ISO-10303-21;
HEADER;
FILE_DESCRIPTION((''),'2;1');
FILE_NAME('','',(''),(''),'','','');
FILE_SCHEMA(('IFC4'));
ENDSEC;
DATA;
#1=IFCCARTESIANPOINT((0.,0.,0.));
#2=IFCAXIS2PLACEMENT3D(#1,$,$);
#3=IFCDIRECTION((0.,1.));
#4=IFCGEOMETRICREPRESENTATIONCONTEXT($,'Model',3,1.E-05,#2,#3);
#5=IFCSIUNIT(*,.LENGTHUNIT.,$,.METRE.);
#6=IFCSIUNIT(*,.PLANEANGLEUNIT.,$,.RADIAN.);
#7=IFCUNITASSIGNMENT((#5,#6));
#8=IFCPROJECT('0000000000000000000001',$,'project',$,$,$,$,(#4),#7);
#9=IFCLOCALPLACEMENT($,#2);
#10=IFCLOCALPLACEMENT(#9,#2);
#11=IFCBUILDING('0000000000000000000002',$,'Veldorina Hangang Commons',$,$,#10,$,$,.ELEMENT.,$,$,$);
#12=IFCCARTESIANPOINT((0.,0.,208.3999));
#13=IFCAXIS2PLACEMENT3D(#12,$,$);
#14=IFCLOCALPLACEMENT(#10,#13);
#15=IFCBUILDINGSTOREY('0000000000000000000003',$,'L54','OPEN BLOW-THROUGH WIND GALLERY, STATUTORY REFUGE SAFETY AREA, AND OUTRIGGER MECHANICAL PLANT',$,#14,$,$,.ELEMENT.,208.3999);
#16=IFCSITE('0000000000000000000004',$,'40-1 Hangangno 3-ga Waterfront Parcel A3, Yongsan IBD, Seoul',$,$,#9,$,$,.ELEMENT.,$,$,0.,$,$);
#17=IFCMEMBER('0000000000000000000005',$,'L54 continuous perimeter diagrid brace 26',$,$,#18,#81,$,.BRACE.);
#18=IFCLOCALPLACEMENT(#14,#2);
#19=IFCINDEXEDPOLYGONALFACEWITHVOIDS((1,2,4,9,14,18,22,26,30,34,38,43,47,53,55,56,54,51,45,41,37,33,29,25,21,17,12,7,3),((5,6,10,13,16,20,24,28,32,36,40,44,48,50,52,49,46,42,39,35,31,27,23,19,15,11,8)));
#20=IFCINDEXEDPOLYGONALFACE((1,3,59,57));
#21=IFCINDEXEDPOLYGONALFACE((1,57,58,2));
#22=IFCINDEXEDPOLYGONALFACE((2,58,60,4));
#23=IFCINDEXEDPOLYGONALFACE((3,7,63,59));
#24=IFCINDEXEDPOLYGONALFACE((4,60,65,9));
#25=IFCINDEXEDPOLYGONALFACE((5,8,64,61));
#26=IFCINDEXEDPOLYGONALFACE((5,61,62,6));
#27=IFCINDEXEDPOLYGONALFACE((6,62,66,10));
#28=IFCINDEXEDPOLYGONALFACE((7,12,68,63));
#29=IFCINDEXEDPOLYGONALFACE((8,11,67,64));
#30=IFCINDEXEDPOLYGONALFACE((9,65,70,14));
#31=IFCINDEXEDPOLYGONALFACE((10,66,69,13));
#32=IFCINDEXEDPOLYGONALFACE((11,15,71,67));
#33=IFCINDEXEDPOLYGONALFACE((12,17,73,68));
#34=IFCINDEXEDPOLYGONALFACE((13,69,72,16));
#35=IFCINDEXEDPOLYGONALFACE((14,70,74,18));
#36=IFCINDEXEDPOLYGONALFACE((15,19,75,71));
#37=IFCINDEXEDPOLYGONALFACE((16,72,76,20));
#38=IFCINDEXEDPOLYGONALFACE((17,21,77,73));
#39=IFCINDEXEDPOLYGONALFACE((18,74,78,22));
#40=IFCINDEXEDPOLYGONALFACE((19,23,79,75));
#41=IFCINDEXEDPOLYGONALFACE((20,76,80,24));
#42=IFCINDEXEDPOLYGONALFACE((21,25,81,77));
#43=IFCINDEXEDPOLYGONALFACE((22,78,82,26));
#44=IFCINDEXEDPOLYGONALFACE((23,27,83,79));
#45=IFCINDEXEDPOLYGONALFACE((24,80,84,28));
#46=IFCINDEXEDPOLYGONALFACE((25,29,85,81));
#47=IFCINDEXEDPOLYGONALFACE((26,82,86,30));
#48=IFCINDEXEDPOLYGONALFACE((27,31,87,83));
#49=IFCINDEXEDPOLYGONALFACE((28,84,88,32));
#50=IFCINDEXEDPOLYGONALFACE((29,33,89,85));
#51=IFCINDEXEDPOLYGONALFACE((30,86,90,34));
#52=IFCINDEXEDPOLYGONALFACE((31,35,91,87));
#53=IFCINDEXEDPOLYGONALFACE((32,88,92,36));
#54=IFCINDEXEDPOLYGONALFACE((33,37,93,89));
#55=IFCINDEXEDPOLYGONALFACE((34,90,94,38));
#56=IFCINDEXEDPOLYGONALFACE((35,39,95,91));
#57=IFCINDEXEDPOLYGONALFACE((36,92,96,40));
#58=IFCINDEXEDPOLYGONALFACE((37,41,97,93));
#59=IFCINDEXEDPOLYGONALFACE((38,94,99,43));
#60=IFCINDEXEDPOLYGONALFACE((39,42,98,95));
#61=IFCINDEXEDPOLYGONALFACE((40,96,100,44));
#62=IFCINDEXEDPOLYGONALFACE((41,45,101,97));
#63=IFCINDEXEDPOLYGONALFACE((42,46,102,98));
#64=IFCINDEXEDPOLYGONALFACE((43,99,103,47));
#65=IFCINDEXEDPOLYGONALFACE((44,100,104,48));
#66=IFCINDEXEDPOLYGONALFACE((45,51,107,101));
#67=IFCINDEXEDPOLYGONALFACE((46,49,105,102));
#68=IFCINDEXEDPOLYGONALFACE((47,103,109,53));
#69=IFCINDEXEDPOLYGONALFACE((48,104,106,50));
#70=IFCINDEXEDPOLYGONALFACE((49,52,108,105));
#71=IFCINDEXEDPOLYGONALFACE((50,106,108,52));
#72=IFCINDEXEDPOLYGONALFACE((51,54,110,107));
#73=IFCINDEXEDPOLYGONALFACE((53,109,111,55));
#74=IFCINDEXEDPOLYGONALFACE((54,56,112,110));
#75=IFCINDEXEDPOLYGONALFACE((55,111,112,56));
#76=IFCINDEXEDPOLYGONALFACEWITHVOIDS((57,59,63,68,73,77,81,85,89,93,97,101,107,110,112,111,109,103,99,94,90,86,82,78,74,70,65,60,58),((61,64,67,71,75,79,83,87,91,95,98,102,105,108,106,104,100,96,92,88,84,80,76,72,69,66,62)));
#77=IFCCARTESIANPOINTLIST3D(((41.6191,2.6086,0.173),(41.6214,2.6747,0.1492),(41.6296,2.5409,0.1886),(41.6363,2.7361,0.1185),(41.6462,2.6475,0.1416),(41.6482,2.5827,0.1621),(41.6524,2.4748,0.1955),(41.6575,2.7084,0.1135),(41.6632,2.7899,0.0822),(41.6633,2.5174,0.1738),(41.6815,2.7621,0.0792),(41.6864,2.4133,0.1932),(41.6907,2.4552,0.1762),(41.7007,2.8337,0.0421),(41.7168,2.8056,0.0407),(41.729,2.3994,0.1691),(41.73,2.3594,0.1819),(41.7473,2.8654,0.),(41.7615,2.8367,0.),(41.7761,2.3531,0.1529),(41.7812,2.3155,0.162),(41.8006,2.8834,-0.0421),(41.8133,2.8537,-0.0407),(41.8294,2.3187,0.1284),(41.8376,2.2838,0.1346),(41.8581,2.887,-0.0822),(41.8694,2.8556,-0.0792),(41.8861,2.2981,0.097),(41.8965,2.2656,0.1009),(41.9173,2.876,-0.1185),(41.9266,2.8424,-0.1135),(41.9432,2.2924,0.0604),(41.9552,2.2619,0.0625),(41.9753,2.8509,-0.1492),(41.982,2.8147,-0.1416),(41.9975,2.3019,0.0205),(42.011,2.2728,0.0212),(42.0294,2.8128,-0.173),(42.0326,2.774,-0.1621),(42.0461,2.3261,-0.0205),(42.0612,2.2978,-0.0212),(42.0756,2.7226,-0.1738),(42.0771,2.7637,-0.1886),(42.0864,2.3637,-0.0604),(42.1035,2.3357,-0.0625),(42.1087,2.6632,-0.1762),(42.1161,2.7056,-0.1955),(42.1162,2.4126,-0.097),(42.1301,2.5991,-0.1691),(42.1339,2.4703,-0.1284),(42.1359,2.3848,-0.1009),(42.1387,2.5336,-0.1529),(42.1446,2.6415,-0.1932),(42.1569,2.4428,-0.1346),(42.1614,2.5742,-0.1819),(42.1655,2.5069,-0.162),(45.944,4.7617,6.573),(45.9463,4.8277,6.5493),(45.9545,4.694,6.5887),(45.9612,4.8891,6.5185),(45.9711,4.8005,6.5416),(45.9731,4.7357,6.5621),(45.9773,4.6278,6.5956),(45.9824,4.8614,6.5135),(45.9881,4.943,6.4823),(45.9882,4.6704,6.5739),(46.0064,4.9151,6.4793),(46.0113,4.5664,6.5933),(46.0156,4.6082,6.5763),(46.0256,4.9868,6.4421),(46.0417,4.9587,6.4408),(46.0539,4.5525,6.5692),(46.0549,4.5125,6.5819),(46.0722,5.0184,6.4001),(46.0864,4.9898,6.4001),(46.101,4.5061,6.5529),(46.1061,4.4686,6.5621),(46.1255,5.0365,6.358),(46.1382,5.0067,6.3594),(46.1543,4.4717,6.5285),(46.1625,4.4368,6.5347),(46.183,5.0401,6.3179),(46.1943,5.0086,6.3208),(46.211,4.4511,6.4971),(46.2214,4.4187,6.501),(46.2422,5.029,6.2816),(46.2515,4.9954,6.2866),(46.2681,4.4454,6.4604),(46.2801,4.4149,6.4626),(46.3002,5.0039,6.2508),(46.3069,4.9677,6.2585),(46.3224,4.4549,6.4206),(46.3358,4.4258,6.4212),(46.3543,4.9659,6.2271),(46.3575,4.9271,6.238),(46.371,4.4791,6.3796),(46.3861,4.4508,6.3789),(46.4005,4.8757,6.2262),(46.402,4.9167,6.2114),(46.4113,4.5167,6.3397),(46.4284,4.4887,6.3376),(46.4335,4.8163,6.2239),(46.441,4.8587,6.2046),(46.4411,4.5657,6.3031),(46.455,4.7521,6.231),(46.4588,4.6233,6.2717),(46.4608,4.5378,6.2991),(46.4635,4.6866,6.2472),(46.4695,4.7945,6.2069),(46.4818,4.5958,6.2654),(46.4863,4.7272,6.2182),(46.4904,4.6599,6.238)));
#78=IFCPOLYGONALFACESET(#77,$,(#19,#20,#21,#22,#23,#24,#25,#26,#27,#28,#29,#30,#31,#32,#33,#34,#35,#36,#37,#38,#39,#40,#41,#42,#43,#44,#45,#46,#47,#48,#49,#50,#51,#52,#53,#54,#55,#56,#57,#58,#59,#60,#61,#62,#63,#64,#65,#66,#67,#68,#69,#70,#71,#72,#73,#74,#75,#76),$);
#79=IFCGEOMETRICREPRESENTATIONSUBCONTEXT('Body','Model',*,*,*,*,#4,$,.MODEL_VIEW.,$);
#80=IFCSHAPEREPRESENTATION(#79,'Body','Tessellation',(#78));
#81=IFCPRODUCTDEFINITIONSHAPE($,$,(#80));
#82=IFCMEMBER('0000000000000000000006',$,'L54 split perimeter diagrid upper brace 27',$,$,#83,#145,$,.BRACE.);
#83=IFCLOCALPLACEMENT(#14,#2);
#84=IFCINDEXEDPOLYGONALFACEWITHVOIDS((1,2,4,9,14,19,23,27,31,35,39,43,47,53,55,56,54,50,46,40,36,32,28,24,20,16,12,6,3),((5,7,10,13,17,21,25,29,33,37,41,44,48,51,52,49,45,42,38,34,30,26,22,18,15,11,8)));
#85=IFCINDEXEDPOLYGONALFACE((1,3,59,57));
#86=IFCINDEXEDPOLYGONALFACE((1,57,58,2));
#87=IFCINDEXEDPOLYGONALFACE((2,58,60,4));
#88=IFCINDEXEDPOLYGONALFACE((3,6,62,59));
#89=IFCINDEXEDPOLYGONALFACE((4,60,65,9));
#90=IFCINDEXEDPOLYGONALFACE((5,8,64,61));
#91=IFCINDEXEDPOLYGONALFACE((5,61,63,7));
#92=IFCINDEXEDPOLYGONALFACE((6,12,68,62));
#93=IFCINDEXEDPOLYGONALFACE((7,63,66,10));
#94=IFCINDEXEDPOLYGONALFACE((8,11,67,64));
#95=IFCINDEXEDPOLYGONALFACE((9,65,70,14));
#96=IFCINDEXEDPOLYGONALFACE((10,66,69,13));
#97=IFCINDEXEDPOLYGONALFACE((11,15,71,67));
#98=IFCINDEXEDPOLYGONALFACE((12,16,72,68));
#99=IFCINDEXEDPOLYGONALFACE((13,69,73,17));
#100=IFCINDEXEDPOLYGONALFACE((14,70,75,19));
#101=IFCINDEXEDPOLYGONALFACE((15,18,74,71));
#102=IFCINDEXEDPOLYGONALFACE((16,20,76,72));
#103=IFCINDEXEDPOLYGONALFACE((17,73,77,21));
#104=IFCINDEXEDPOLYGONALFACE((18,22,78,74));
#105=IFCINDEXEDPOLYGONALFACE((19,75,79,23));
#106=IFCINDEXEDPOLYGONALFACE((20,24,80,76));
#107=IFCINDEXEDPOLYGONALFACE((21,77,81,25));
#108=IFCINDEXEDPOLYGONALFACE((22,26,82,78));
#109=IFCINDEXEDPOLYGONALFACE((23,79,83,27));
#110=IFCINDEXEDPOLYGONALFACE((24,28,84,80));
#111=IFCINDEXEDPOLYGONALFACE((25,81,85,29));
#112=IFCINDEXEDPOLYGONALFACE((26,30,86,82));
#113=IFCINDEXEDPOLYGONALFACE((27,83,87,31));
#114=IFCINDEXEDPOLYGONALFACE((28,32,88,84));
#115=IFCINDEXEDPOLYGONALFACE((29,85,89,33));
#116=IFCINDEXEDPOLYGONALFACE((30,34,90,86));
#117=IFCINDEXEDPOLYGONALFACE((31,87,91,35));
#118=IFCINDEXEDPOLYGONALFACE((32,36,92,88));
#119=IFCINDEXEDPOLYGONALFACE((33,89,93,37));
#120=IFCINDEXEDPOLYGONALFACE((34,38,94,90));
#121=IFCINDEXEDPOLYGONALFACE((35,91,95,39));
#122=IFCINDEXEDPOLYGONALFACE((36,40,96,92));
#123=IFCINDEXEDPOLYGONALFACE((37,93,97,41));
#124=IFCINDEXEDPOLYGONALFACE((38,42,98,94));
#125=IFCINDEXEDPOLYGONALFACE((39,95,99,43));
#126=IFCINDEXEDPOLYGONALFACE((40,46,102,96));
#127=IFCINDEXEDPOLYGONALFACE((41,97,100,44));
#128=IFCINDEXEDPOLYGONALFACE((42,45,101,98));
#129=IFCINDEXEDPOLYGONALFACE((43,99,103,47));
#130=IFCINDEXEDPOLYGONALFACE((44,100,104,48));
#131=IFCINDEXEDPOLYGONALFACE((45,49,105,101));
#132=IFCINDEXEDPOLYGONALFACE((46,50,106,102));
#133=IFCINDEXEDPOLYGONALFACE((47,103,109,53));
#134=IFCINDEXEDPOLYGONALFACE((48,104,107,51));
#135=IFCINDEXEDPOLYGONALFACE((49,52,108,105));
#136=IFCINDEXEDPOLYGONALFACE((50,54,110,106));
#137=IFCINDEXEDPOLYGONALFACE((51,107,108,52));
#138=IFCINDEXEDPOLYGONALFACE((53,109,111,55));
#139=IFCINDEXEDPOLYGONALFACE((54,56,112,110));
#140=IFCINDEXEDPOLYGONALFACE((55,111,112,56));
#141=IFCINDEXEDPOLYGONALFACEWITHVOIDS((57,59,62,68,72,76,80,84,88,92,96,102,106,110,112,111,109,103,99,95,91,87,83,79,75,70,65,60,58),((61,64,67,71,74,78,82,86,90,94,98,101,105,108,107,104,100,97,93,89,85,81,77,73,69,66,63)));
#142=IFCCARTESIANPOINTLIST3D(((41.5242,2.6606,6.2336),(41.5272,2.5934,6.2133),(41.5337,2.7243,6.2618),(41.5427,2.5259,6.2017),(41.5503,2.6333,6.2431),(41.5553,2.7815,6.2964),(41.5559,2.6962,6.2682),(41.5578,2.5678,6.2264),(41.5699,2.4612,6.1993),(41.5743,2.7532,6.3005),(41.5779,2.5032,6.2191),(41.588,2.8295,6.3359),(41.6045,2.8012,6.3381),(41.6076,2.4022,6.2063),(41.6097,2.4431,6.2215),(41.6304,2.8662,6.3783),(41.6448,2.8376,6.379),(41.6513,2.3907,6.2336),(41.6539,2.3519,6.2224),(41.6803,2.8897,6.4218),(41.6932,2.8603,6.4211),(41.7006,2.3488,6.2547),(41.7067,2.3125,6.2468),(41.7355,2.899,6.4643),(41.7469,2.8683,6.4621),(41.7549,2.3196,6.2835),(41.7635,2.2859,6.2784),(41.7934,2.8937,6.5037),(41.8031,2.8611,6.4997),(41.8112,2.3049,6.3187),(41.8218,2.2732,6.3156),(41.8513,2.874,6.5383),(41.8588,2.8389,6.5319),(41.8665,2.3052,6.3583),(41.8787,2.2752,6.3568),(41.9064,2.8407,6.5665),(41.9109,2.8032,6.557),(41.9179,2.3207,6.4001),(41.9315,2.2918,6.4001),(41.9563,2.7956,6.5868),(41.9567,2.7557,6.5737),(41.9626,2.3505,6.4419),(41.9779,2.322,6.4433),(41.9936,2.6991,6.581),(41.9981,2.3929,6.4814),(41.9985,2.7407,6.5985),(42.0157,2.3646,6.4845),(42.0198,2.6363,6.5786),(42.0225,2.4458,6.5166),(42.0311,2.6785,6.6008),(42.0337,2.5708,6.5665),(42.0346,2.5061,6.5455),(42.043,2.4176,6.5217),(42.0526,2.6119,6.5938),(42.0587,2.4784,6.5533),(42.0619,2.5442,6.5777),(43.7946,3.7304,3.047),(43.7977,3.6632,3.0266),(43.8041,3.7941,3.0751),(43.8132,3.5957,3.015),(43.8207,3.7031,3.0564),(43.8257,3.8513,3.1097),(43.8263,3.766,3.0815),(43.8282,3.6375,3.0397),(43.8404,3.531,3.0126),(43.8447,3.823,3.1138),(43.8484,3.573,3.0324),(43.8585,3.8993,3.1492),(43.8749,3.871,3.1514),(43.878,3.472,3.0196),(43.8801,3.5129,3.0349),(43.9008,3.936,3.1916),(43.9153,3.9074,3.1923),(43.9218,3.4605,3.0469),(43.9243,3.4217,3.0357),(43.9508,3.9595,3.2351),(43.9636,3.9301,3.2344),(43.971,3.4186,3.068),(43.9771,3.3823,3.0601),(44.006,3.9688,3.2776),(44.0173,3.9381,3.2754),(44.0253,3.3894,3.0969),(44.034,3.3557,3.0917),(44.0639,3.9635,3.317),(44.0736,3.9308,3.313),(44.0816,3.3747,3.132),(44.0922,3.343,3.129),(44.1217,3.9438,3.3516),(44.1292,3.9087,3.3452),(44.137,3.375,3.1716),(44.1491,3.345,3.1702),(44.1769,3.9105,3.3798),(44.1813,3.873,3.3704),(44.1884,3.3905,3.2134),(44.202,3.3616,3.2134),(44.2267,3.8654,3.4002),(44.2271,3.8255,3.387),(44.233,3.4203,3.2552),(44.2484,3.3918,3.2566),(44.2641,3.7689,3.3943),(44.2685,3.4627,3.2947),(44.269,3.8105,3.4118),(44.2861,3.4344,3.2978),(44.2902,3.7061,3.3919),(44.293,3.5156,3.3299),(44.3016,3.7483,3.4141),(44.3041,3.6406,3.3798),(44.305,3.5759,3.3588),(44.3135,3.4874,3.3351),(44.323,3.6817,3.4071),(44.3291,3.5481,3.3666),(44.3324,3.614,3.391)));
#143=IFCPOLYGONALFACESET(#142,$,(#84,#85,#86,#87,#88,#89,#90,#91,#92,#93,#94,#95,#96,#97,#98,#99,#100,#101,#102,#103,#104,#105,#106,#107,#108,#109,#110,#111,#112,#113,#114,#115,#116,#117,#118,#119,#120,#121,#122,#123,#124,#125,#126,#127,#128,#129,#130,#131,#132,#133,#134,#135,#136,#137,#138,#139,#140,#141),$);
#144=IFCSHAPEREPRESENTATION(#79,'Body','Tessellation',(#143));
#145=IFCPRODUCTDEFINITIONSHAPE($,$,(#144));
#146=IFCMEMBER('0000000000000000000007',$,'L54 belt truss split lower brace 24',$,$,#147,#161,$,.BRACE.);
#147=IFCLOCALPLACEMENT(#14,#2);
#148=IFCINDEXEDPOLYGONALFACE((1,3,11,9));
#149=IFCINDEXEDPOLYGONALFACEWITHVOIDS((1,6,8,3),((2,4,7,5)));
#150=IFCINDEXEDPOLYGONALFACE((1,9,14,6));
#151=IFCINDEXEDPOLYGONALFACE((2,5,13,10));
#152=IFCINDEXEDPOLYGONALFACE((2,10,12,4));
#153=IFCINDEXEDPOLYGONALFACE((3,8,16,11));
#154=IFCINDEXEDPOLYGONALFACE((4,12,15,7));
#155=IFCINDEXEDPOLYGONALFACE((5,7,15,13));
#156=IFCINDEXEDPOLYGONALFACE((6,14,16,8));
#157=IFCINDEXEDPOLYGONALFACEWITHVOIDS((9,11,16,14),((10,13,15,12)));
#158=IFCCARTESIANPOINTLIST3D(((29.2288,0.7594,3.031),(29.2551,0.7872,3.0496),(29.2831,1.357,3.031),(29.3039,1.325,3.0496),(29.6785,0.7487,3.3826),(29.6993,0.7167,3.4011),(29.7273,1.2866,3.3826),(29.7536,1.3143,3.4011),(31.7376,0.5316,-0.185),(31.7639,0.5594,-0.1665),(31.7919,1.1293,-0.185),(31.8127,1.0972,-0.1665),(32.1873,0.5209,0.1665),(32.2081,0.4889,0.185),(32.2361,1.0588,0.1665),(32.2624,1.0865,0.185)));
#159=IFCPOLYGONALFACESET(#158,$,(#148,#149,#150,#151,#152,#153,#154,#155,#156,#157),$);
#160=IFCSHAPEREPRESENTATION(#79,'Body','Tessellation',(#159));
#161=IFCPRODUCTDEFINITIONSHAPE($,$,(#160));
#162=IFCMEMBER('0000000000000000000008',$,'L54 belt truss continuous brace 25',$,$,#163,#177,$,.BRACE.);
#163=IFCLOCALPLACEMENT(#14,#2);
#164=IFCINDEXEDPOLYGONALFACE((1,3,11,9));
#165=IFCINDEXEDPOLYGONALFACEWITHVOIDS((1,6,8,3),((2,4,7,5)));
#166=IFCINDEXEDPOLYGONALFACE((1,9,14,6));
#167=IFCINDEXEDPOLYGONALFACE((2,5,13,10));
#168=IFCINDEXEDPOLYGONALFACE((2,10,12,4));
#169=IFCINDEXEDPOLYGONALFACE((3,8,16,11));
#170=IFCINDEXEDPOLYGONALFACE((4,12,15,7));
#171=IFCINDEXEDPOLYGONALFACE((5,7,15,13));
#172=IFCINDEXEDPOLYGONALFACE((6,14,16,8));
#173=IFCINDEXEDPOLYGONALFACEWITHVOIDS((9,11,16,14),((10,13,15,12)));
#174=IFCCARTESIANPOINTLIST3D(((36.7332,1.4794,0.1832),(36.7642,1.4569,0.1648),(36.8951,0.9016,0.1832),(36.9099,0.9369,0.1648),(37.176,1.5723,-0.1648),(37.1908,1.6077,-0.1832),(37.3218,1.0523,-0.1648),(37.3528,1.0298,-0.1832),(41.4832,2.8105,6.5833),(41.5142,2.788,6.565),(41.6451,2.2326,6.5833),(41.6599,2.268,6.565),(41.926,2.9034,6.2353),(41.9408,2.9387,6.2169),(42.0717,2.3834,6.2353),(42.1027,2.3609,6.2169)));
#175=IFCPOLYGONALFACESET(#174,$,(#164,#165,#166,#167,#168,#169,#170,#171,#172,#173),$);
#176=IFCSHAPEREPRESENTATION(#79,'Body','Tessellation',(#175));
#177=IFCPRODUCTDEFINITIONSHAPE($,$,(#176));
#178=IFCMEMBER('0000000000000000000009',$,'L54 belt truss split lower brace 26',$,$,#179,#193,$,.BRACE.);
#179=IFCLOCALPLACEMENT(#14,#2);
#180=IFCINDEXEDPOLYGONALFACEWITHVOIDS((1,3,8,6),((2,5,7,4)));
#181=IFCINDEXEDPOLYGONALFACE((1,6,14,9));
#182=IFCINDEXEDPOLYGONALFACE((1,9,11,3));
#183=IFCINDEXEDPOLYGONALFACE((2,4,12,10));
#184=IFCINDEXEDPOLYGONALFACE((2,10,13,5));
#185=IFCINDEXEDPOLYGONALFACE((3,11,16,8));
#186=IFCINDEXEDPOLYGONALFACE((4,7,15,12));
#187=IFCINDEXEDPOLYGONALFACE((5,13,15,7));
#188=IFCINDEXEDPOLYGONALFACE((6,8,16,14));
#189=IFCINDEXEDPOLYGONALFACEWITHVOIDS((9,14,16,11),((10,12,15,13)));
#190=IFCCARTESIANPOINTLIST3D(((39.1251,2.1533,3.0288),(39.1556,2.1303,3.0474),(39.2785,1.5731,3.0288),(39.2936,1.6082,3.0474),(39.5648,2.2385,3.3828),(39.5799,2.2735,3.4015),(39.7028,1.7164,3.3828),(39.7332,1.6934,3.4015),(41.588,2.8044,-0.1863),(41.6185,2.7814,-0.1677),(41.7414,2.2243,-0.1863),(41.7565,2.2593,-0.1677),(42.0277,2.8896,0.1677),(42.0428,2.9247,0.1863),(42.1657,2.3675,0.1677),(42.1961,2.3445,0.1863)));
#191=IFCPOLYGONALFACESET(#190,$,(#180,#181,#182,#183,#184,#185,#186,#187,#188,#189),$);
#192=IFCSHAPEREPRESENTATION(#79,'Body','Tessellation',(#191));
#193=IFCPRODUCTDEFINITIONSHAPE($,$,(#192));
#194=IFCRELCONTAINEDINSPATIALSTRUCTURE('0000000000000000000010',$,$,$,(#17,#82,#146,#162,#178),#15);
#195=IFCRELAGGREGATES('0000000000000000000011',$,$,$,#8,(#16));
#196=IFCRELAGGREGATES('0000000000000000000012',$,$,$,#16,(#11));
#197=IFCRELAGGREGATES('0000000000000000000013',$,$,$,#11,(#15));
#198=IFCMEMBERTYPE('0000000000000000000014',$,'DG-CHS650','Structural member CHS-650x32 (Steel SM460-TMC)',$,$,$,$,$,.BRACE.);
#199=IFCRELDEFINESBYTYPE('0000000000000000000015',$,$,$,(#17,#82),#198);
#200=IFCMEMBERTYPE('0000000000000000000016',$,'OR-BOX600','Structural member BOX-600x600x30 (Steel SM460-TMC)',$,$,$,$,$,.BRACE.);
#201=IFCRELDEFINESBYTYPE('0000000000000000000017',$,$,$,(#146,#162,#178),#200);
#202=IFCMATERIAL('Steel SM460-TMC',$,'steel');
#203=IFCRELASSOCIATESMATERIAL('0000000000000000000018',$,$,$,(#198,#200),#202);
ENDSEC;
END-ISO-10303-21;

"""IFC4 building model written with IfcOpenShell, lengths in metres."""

from ifc_helpers import new_model, si_unit, direction, frame, origin, origin_2d, place, context, subcontext, project, spatial, hollow_rectangle, hollow_circle, extrude, material, material_profile, profile_set, type_object, element, save


model = new_model("IFC4")

# Units and contexts
model_context = context("Model", 3, precision=1e-05, world=origin(), true_north=direction((0.0, 1.0)))
body_context = subcontext(model_context, "Body", "Model", "MODEL_VIEW")
ifc_project = project(units=[si_unit("LENGTHUNIT", "METRE"), si_unit("PLANEANGLEUNIT", "RADIAN")], contexts=[model_context])

# Site, building, storey
site_placement = place(None, origin())
site = spatial("IfcSite", under=ifc_project, at=site_placement, Name="40-1 Hangangno 3-ga Waterfront Parcel A3, Yongsan IBD, Seoul", CompositionType="ELEMENT", RefElevation=0.0)
building_placement = place(site_placement, origin())
building = spatial("IfcBuilding", under=site, at=building_placement, Name="Veldorina Hangang Commons", CompositionType="ELEMENT")
storey_placement = place(building_placement, frame((0.0, 0.0, 208.3999)))
storey = spatial("IfcBuildingStorey", under=building, at=storey_placement, Name="L54", Description="OPEN BLOW-THROUGH WIND GALLERY, STATUTORY REFUGE SAFETY AREA, AND OUTRIGGER MECHANICAL PLANT", CompositionType="ELEMENT", Elevation=208.3999)

# Shared definitions
ifc_material_1 = material(Name="Steel SM460-TMC", Category="steel")

# Members
ifc_material_profile_1 = material_profile(ifc_material_1, hollow_circle(Radius=0.325, WallThickness=0.032, at=origin_2d()), Name="CHS-650x32")
ifc_profile_set_1 = profile_set([ifc_material_profile_1], Name="Steel SM460-TMC")
member_type_1 = type_object("IfcMemberType", Name="DG-CHS650", Description="Structural member CHS-650x32 (Steel SM460-TMC)", PredefinedType="BRACE", material=ifc_profile_set_1)
member_1_placement = place(storey_placement, frame((41.8921, 2.5745, 0.0), z_axis=(0.539344, 0.2685, 0.798132), x_axis=(-0.445656, 0.895204, 0.0)))
element("IfcMember", 1, at=member_1_placement, inside=storey, type_object=member_type_1, Name="L54 continuous perimeter diagrid brace 26", PredefinedType="BRACE", context=body_context, shape_type="SweptSolid", body=[
    extrude(hollow_circle(Radius=0.325, WallThickness=0.032, at=origin_2d()), origin(), (0.0, 0.0, 1.0), 8.0188),
])
member_2_placement = place(storey_placement, frame((44.0635, 3.6555, 3.2134), z_axis=(-0.55972, -0.263731, 0.785595), x_axis=(0.426237, -0.904611, 0.0)))
element("IfcMember", 2, at=member_2_placement, inside=storey, type_object=member_type_1, Name="L54 split perimeter diagrid upper brace 27", PredefinedType="BRACE", context=body_context, shape_type="SweptSolid", body=[
    extrude(hollow_circle(Radius=0.325, WallThickness=0.032, at=origin_2d()), origin(), (0.0, 0.0, 1.0), 4.0564),
])
ifc_material_profile_2 = material_profile(ifc_material_1, hollow_rectangle(XDim=0.6001, YDim=0.6001, WallThickness=0.03, at=origin_2d()), Name="BOX-600x600x30")
ifc_profile_set_2 = profile_set([ifc_material_profile_2], Name="Steel SM460-TMC")
member_type_2 = type_object("IfcMemberType", Name="OR-BOX600", Description="Structural member BOX-600x600x30 (Steel SM460-TMC)", PredefinedType="BRACE", material=ifc_profile_set_2)
member_3_placement = place(storey_placement, frame((32.0, 0.8091, 0.0), z_axis=(-0.614114, 0.055758, 0.787245), x_axis=(-0.090422, -0.995904, 0.0)))
element("IfcMember", 3, at=member_3_placement, inside=storey, type_object=member_type_2, Name="L54 belt truss split lower brace 24", PredefinedType="BRACE", context=body_context, shape_type="SweptSolid", body=[
    extrude(hollow_rectangle(XDim=0.6001, YDim=0.6001, WallThickness=0.03, at=origin_2d()), origin(), (0.0, 0.0, 1.0), 4.0852),
])
member_4_placement = place(storey_placement, frame((37.043, 1.2546, 0.0), z_axis=(0.587828, 0.164722, 0.792039), x_axis=(-0.269828, 0.962908, 0.0)))
element("IfcMember", 4, at=member_4_placement, inside=storey, type_object=member_type_2, Name="L54 belt truss continuous brace 25", PredefinedType="BRACE", context=body_context, shape_type="SweptSolid", body=[
    extrude(hollow_rectangle(XDim=0.6001, YDim=0.6001, WallThickness=0.03, at=origin_2d()), origin(), (0.0, 0.0, 1.0), 8.0806),
])
member_5_placement = place(storey_placement, frame((41.8921, 2.5745, 0.0), z_axis=(-0.600409, -0.158732, 0.783781), x_axis=(0.255592, -0.966785, 0.0)))
element("IfcMember", 5, at=member_5_placement, inside=storey, type_object=member_type_2, Name="L54 belt truss split lower brace 26", PredefinedType="BRACE", context=body_context, shape_type="SweptSolid", body=[
    extrude(hollow_rectangle(XDim=0.6001, YDim=0.6001, WallThickness=0.03, at=origin_2d()), origin(), (0.0, 0.0, 1.0), 4.1021),
])

save(model, "model.ifc")
